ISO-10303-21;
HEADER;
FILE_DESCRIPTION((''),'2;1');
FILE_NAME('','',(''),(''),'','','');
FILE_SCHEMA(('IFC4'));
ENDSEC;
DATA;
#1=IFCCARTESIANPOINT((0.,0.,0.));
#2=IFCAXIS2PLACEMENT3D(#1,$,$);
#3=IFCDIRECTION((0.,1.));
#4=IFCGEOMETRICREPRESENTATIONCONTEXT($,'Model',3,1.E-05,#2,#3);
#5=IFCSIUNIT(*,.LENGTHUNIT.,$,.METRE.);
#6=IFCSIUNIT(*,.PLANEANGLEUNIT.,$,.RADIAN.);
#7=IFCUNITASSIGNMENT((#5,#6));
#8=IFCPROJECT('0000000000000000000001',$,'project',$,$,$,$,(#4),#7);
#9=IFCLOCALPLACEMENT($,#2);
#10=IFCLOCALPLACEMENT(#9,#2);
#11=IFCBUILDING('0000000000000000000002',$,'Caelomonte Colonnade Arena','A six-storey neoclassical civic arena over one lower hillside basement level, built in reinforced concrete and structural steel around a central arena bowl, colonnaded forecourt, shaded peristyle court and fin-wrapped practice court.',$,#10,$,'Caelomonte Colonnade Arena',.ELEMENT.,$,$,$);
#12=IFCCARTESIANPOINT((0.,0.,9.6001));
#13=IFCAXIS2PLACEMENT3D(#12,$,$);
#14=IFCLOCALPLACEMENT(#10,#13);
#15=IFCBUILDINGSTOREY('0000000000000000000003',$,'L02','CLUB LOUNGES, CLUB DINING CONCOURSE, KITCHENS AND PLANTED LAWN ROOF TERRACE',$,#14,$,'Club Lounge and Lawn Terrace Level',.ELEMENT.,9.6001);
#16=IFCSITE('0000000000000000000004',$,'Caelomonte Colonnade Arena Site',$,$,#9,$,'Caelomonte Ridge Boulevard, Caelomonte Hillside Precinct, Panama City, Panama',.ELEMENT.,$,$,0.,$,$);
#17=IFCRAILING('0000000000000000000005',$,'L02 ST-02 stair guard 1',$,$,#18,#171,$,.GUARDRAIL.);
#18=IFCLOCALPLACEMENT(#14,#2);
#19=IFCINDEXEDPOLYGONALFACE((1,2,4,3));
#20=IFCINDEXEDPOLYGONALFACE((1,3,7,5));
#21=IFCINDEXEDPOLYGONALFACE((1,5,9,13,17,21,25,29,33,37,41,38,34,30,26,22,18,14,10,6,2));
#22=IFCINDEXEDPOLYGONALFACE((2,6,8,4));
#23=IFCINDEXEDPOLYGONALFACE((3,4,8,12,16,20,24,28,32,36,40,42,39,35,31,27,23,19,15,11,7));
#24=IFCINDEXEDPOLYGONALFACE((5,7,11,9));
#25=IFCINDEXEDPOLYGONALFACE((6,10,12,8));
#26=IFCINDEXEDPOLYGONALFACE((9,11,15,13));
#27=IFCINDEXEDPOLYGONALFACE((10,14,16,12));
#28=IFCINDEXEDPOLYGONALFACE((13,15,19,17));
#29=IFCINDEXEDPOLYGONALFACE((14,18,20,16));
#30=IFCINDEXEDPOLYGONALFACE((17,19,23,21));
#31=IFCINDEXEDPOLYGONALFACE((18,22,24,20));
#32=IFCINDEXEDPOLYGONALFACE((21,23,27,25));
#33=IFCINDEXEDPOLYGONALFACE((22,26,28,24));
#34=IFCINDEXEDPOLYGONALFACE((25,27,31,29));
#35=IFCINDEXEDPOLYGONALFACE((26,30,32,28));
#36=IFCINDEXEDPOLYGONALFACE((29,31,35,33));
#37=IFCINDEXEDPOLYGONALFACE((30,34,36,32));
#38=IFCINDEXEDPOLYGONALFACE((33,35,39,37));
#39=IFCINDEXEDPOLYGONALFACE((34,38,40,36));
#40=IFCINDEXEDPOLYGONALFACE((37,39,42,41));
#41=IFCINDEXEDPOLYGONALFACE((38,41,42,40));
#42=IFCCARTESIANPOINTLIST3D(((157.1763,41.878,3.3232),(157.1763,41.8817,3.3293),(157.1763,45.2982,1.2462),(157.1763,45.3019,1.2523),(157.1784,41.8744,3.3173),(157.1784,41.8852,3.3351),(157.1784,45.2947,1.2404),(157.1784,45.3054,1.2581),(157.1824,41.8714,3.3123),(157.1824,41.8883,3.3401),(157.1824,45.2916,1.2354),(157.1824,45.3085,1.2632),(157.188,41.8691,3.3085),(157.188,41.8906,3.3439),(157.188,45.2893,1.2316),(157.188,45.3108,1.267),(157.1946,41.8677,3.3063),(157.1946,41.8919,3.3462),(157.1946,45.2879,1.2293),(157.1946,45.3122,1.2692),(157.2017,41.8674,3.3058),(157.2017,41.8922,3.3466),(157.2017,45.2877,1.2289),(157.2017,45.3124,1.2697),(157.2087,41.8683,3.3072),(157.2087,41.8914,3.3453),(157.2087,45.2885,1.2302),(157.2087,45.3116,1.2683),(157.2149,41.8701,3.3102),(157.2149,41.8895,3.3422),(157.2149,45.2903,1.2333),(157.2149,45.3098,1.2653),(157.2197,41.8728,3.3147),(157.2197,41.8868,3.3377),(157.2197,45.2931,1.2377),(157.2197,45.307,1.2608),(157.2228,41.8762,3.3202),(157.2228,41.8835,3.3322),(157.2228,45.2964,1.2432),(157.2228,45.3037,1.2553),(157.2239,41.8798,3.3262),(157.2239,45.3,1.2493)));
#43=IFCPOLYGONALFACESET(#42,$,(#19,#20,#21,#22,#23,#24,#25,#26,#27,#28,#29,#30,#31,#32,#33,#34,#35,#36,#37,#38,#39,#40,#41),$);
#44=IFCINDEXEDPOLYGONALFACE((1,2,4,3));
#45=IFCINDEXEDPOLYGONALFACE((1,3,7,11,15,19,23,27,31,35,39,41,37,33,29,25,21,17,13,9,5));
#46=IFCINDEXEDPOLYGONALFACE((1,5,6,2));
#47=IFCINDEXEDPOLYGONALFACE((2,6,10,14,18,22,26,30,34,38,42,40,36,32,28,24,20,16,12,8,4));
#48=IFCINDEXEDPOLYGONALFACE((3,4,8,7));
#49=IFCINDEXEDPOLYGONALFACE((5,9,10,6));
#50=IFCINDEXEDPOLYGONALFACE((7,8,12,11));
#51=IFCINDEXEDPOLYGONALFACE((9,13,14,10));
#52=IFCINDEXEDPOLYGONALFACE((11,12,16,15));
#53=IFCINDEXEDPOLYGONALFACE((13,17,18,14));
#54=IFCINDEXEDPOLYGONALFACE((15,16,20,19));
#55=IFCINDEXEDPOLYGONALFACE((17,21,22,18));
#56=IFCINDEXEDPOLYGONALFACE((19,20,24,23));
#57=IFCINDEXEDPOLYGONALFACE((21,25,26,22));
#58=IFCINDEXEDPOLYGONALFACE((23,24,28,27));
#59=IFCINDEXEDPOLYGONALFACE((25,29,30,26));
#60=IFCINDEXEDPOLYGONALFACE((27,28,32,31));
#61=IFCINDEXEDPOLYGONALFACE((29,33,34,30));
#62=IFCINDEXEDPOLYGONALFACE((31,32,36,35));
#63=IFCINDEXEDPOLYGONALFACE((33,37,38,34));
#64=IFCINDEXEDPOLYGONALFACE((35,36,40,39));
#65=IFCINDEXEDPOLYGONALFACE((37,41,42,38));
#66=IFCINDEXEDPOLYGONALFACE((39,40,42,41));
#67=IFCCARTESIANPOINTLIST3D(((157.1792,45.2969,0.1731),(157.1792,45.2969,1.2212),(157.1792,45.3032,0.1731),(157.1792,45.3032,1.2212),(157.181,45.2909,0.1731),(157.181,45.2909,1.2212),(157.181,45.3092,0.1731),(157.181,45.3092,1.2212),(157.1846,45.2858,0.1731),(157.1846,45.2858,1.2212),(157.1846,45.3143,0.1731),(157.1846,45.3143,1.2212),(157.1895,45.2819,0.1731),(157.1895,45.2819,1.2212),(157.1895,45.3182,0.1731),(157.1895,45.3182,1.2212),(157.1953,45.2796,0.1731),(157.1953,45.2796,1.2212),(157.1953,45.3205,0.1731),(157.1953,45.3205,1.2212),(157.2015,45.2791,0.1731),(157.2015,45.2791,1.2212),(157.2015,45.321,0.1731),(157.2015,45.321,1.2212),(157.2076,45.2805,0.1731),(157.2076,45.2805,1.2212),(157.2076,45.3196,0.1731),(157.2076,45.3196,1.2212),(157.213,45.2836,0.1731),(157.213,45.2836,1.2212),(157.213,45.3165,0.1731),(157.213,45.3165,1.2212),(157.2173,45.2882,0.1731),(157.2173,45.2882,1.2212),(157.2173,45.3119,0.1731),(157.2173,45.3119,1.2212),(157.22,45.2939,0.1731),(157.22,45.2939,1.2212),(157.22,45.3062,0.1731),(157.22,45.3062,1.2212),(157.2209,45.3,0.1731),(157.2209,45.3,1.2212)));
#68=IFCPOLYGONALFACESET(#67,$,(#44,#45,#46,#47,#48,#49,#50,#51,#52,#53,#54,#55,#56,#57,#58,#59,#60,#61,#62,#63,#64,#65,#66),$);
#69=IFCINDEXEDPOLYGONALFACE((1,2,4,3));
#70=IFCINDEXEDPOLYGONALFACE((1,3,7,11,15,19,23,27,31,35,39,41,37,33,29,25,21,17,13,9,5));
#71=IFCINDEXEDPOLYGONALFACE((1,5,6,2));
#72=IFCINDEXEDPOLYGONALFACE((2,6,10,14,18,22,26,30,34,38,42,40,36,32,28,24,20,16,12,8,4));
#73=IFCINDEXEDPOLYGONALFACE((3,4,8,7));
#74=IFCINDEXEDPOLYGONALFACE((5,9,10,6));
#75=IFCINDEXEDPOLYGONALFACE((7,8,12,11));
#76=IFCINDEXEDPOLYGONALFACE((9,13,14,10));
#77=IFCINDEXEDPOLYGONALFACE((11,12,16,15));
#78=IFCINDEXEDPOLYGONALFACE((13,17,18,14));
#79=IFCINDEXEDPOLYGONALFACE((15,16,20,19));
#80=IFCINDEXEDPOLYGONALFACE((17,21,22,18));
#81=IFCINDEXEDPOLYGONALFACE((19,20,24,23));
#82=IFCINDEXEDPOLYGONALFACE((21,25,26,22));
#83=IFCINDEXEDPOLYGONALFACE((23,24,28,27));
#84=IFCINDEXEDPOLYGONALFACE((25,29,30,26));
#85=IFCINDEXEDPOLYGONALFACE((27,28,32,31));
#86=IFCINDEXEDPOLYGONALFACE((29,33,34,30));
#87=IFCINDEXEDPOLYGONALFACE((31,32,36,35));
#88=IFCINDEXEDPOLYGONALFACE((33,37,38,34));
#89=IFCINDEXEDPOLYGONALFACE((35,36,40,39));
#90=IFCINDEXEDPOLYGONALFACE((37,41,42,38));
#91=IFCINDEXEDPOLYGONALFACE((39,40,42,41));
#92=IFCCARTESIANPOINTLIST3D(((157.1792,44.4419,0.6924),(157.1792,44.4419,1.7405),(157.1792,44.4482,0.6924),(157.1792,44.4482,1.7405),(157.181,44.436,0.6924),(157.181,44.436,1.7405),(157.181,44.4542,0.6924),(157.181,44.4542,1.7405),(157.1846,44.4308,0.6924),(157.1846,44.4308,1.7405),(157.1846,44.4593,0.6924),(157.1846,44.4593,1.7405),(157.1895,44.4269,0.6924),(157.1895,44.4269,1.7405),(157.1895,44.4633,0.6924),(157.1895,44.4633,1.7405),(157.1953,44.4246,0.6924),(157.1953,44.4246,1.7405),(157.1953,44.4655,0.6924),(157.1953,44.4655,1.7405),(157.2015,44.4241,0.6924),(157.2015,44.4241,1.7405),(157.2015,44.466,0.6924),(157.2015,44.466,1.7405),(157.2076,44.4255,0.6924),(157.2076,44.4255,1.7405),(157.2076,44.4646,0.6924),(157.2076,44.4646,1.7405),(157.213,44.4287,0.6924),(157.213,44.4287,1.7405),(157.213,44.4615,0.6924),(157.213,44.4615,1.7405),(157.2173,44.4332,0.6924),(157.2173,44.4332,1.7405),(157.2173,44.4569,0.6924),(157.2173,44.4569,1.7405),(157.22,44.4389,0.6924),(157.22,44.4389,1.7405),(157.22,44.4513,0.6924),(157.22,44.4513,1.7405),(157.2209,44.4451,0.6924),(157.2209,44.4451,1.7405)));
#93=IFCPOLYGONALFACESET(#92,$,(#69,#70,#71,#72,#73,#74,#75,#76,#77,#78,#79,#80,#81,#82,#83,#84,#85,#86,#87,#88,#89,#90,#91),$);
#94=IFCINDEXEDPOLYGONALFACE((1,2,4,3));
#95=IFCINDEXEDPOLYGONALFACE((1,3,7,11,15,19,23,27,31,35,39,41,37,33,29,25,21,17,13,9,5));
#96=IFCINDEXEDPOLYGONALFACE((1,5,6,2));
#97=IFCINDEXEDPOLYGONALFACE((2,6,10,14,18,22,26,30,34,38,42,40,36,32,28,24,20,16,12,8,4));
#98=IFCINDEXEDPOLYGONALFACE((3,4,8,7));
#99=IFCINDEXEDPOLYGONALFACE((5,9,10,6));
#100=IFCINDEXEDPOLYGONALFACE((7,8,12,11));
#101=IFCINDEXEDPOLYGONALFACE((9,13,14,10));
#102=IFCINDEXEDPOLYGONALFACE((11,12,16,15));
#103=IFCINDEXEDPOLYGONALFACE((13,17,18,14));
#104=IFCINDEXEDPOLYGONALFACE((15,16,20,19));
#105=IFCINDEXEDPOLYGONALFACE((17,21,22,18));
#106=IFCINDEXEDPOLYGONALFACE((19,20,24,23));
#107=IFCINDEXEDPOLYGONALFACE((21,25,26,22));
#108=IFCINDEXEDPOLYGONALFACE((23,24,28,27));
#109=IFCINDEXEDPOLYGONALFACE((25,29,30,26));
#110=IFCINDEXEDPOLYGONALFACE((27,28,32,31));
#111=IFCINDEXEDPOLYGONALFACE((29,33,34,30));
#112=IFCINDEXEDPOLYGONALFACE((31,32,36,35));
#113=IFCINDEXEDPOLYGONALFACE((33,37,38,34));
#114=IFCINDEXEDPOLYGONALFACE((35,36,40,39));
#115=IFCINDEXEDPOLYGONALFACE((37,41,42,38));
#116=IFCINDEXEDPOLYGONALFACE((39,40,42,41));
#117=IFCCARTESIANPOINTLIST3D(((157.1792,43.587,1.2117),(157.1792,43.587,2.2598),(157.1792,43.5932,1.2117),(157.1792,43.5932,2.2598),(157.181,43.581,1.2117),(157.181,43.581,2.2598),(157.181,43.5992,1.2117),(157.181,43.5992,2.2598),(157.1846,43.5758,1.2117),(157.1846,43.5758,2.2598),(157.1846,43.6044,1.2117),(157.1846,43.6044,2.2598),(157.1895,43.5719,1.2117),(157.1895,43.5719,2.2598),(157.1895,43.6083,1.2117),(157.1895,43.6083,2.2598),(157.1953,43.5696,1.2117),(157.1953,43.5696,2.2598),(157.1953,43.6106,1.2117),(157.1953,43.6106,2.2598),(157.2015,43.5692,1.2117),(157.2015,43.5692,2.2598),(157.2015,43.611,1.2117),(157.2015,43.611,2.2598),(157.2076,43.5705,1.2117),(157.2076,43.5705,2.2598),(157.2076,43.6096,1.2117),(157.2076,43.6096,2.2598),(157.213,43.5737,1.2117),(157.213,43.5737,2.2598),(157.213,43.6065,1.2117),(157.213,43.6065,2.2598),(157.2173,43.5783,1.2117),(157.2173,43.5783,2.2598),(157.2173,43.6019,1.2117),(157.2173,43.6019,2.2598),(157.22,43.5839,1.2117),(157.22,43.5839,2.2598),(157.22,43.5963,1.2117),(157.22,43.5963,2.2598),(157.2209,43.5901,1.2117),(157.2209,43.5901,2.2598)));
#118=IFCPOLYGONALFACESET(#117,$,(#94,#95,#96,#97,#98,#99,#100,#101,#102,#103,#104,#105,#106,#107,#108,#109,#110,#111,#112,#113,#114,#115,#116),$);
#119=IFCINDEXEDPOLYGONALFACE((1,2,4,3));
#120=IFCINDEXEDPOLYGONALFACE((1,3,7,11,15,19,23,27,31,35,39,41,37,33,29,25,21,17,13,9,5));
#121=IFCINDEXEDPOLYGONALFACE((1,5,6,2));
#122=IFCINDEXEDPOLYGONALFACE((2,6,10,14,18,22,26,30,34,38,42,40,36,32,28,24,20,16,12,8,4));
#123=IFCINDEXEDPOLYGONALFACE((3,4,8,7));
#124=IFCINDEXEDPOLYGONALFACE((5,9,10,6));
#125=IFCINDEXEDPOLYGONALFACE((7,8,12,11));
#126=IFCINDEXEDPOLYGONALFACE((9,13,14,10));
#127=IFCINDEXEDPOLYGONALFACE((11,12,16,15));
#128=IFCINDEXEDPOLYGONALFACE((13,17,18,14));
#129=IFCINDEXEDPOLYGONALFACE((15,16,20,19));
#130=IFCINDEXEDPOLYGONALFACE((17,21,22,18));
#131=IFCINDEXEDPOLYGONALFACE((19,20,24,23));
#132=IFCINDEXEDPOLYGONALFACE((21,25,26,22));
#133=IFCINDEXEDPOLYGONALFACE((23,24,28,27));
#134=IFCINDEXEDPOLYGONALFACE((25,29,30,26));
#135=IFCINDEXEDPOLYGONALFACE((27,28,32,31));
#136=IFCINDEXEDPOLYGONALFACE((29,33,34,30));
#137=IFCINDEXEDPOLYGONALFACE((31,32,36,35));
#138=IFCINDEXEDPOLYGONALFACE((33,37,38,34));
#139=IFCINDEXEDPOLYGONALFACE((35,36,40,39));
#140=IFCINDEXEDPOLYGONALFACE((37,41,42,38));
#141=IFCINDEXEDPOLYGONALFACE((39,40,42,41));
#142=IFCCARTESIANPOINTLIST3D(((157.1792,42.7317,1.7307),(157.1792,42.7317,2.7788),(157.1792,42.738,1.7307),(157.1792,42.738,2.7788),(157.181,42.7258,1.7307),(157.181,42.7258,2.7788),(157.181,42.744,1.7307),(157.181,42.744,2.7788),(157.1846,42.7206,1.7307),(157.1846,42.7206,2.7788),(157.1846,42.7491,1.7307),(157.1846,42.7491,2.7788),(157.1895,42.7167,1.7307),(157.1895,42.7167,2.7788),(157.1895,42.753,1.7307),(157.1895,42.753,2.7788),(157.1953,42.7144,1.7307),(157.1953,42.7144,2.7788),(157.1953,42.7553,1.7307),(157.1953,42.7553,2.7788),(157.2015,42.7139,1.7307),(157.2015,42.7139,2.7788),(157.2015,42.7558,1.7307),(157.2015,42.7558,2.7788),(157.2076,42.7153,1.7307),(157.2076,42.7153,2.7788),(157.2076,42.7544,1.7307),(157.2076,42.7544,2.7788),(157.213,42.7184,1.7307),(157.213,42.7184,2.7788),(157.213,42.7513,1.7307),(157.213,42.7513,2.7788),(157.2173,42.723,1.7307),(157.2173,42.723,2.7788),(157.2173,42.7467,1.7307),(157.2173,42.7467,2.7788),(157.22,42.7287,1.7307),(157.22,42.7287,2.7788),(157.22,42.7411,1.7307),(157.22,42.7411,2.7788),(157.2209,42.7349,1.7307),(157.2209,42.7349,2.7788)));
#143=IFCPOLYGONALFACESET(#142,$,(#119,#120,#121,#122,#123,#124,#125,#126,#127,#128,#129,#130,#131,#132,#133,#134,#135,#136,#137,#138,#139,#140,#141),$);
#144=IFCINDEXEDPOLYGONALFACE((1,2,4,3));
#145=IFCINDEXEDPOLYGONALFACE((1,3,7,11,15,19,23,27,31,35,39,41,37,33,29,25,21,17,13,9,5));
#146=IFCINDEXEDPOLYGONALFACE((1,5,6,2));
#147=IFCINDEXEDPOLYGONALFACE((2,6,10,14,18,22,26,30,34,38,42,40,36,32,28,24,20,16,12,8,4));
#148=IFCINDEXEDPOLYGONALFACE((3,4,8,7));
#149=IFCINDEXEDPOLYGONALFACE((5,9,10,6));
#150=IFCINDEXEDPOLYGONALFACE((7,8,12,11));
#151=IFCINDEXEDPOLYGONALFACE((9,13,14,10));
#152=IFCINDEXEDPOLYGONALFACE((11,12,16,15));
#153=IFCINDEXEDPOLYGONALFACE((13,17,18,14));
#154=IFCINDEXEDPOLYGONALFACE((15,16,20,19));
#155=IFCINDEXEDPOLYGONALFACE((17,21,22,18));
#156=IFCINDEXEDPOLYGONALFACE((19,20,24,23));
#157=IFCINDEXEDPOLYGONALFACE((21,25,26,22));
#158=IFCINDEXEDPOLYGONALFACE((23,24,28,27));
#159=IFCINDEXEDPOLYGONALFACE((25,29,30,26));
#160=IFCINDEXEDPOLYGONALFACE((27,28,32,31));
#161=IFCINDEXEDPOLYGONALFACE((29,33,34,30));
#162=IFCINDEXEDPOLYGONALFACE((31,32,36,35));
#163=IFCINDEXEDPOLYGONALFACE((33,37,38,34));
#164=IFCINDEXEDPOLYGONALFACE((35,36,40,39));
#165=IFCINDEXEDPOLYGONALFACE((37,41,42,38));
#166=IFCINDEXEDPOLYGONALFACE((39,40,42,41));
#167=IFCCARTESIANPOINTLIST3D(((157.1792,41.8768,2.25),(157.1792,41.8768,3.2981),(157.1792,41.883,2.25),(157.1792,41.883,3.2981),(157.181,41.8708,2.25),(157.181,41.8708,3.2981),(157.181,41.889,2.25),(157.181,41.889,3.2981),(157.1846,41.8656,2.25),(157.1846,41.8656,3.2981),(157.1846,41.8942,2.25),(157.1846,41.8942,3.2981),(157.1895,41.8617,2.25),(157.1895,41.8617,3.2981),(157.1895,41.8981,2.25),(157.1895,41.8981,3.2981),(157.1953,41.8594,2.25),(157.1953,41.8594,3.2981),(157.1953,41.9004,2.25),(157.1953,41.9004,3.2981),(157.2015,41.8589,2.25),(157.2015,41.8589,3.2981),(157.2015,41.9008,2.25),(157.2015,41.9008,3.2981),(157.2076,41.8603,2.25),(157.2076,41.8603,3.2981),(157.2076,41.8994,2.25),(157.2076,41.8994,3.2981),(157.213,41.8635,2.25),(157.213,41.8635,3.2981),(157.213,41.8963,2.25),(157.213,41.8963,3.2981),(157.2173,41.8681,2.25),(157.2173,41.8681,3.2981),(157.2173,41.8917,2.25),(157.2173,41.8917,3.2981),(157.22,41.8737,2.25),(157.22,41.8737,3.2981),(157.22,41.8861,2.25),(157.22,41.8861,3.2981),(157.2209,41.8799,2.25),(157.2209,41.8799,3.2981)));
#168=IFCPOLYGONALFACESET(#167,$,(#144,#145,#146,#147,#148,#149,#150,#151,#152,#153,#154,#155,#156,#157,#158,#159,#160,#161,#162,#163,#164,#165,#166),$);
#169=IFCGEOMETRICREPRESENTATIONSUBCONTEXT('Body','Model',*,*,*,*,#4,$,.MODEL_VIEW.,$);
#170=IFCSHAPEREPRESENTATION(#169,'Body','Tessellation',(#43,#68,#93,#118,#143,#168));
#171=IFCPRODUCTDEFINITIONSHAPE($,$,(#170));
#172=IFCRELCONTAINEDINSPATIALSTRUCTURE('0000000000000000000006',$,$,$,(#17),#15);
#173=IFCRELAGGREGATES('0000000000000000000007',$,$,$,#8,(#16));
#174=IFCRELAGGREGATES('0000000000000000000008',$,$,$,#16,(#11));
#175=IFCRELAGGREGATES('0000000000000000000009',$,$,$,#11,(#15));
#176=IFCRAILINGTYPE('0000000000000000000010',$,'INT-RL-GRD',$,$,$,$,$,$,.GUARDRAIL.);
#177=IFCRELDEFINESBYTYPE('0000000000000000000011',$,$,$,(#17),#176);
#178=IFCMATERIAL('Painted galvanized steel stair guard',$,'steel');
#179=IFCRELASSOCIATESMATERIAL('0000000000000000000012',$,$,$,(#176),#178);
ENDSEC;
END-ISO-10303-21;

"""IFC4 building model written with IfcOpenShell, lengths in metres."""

from ifc_helpers import new_model, si_unit, direction, frame, origin, origin_2d, place, context, subcontext, project, spatial, circle, extrude, material, type_object, element, save


model = new_model("IFC4")

# Units and contexts
model_context = context("Model", 3, precision=1e-05, world=origin(), true_north=direction((0.0, 1.0)))
body_context = subcontext(model_context, "Body", "Model", "MODEL_VIEW")
ifc_project = project(units=[si_unit("LENGTHUNIT", "METRE"), si_unit("PLANEANGLEUNIT", "RADIAN")], contexts=[model_context])

# Site, building, storey
site_placement = place(None, origin())
site = spatial("IfcSite", under=ifc_project, at=site_placement, Name="Caelomonte Colonnade Arena Site", LongName="Caelomonte Ridge Boulevard, Caelomonte Hillside Precinct, Panama City, Panama", CompositionType="ELEMENT", RefElevation=0.0)
building_placement = place(site_placement, origin())
building = spatial("IfcBuilding", under=site, at=building_placement, Name="Caelomonte Colonnade Arena", Description="A six-storey neoclassical civic arena over one lower hillside basement level, built in reinforced concrete and structural steel around a central arena bowl, colonnaded forecourt, shaded peristyle court and fin-wrapped practice court.", LongName="Caelomonte Colonnade Arena", CompositionType="ELEMENT")
storey_placement = place(building_placement, frame((0.0, 0.0, 9.6001)))
storey = spatial("IfcBuildingStorey", under=building, at=storey_placement, Name="L02", Description="CLUB LOUNGES, CLUB DINING CONCOURSE, KITCHENS AND PLANTED LAWN ROOF TERRACE", LongName="Club Lounge and Lawn Terrace Level", CompositionType="ELEMENT", Elevation=9.6001)

# Railing
ifc_material_1 = material(Name="Painted galvanized steel stair guard", Category="steel")
railing_type_1 = type_object("IfcRailingType", Name="INT-RL-GRD", PredefinedType="GUARDRAIL", material=ifc_material_1)
railing_1_placement = place(storey_placement, frame((157.2, 45.3, 0.1731)))
element("IfcRailing", 1, at=railing_1_placement, inside=storey, type_object=railing_type_1, Name="L02 ST-02 stair guard 1", PredefinedType="GUARDRAIL", context=body_context, shape_type="SweptSolid", body=[
    extrude(circle(Radius=0.0239, at=origin_2d()), frame((0.0, 0.0, 1.0762), z_axis=(0.0, -0.854746, 0.519047), x_axis=(1.0, 0.0, 0.0)), (0.0, 0.0, 1.0), 4.0015),
    extrude(circle(Radius=0.021, at=origin_2d()), origin(), (0.0, 0.0, 1.0), 1.0481),
    extrude(circle(Radius=0.021, at=origin_2d()), frame((0.0, -0.855, 0.5193)), (0.0, 0.0, 1.0), 1.0481),
    extrude(circle(Radius=0.021, at=origin_2d()), frame((0.0, -1.71, 1.0386)), (0.0, 0.0, 1.0), 1.0481),
    extrude(circle(Radius=0.021, at=origin_2d()), frame((0.0, -2.5652, 1.5576)), (0.0, 0.0, 1.0), 1.0481),
    extrude(circle(Radius=0.021, at=origin_2d()), frame((0.0, -3.4202, 2.0769)), (0.0, 0.0, 1.0), 1.0481),
])

save(model, "model.ifc")
